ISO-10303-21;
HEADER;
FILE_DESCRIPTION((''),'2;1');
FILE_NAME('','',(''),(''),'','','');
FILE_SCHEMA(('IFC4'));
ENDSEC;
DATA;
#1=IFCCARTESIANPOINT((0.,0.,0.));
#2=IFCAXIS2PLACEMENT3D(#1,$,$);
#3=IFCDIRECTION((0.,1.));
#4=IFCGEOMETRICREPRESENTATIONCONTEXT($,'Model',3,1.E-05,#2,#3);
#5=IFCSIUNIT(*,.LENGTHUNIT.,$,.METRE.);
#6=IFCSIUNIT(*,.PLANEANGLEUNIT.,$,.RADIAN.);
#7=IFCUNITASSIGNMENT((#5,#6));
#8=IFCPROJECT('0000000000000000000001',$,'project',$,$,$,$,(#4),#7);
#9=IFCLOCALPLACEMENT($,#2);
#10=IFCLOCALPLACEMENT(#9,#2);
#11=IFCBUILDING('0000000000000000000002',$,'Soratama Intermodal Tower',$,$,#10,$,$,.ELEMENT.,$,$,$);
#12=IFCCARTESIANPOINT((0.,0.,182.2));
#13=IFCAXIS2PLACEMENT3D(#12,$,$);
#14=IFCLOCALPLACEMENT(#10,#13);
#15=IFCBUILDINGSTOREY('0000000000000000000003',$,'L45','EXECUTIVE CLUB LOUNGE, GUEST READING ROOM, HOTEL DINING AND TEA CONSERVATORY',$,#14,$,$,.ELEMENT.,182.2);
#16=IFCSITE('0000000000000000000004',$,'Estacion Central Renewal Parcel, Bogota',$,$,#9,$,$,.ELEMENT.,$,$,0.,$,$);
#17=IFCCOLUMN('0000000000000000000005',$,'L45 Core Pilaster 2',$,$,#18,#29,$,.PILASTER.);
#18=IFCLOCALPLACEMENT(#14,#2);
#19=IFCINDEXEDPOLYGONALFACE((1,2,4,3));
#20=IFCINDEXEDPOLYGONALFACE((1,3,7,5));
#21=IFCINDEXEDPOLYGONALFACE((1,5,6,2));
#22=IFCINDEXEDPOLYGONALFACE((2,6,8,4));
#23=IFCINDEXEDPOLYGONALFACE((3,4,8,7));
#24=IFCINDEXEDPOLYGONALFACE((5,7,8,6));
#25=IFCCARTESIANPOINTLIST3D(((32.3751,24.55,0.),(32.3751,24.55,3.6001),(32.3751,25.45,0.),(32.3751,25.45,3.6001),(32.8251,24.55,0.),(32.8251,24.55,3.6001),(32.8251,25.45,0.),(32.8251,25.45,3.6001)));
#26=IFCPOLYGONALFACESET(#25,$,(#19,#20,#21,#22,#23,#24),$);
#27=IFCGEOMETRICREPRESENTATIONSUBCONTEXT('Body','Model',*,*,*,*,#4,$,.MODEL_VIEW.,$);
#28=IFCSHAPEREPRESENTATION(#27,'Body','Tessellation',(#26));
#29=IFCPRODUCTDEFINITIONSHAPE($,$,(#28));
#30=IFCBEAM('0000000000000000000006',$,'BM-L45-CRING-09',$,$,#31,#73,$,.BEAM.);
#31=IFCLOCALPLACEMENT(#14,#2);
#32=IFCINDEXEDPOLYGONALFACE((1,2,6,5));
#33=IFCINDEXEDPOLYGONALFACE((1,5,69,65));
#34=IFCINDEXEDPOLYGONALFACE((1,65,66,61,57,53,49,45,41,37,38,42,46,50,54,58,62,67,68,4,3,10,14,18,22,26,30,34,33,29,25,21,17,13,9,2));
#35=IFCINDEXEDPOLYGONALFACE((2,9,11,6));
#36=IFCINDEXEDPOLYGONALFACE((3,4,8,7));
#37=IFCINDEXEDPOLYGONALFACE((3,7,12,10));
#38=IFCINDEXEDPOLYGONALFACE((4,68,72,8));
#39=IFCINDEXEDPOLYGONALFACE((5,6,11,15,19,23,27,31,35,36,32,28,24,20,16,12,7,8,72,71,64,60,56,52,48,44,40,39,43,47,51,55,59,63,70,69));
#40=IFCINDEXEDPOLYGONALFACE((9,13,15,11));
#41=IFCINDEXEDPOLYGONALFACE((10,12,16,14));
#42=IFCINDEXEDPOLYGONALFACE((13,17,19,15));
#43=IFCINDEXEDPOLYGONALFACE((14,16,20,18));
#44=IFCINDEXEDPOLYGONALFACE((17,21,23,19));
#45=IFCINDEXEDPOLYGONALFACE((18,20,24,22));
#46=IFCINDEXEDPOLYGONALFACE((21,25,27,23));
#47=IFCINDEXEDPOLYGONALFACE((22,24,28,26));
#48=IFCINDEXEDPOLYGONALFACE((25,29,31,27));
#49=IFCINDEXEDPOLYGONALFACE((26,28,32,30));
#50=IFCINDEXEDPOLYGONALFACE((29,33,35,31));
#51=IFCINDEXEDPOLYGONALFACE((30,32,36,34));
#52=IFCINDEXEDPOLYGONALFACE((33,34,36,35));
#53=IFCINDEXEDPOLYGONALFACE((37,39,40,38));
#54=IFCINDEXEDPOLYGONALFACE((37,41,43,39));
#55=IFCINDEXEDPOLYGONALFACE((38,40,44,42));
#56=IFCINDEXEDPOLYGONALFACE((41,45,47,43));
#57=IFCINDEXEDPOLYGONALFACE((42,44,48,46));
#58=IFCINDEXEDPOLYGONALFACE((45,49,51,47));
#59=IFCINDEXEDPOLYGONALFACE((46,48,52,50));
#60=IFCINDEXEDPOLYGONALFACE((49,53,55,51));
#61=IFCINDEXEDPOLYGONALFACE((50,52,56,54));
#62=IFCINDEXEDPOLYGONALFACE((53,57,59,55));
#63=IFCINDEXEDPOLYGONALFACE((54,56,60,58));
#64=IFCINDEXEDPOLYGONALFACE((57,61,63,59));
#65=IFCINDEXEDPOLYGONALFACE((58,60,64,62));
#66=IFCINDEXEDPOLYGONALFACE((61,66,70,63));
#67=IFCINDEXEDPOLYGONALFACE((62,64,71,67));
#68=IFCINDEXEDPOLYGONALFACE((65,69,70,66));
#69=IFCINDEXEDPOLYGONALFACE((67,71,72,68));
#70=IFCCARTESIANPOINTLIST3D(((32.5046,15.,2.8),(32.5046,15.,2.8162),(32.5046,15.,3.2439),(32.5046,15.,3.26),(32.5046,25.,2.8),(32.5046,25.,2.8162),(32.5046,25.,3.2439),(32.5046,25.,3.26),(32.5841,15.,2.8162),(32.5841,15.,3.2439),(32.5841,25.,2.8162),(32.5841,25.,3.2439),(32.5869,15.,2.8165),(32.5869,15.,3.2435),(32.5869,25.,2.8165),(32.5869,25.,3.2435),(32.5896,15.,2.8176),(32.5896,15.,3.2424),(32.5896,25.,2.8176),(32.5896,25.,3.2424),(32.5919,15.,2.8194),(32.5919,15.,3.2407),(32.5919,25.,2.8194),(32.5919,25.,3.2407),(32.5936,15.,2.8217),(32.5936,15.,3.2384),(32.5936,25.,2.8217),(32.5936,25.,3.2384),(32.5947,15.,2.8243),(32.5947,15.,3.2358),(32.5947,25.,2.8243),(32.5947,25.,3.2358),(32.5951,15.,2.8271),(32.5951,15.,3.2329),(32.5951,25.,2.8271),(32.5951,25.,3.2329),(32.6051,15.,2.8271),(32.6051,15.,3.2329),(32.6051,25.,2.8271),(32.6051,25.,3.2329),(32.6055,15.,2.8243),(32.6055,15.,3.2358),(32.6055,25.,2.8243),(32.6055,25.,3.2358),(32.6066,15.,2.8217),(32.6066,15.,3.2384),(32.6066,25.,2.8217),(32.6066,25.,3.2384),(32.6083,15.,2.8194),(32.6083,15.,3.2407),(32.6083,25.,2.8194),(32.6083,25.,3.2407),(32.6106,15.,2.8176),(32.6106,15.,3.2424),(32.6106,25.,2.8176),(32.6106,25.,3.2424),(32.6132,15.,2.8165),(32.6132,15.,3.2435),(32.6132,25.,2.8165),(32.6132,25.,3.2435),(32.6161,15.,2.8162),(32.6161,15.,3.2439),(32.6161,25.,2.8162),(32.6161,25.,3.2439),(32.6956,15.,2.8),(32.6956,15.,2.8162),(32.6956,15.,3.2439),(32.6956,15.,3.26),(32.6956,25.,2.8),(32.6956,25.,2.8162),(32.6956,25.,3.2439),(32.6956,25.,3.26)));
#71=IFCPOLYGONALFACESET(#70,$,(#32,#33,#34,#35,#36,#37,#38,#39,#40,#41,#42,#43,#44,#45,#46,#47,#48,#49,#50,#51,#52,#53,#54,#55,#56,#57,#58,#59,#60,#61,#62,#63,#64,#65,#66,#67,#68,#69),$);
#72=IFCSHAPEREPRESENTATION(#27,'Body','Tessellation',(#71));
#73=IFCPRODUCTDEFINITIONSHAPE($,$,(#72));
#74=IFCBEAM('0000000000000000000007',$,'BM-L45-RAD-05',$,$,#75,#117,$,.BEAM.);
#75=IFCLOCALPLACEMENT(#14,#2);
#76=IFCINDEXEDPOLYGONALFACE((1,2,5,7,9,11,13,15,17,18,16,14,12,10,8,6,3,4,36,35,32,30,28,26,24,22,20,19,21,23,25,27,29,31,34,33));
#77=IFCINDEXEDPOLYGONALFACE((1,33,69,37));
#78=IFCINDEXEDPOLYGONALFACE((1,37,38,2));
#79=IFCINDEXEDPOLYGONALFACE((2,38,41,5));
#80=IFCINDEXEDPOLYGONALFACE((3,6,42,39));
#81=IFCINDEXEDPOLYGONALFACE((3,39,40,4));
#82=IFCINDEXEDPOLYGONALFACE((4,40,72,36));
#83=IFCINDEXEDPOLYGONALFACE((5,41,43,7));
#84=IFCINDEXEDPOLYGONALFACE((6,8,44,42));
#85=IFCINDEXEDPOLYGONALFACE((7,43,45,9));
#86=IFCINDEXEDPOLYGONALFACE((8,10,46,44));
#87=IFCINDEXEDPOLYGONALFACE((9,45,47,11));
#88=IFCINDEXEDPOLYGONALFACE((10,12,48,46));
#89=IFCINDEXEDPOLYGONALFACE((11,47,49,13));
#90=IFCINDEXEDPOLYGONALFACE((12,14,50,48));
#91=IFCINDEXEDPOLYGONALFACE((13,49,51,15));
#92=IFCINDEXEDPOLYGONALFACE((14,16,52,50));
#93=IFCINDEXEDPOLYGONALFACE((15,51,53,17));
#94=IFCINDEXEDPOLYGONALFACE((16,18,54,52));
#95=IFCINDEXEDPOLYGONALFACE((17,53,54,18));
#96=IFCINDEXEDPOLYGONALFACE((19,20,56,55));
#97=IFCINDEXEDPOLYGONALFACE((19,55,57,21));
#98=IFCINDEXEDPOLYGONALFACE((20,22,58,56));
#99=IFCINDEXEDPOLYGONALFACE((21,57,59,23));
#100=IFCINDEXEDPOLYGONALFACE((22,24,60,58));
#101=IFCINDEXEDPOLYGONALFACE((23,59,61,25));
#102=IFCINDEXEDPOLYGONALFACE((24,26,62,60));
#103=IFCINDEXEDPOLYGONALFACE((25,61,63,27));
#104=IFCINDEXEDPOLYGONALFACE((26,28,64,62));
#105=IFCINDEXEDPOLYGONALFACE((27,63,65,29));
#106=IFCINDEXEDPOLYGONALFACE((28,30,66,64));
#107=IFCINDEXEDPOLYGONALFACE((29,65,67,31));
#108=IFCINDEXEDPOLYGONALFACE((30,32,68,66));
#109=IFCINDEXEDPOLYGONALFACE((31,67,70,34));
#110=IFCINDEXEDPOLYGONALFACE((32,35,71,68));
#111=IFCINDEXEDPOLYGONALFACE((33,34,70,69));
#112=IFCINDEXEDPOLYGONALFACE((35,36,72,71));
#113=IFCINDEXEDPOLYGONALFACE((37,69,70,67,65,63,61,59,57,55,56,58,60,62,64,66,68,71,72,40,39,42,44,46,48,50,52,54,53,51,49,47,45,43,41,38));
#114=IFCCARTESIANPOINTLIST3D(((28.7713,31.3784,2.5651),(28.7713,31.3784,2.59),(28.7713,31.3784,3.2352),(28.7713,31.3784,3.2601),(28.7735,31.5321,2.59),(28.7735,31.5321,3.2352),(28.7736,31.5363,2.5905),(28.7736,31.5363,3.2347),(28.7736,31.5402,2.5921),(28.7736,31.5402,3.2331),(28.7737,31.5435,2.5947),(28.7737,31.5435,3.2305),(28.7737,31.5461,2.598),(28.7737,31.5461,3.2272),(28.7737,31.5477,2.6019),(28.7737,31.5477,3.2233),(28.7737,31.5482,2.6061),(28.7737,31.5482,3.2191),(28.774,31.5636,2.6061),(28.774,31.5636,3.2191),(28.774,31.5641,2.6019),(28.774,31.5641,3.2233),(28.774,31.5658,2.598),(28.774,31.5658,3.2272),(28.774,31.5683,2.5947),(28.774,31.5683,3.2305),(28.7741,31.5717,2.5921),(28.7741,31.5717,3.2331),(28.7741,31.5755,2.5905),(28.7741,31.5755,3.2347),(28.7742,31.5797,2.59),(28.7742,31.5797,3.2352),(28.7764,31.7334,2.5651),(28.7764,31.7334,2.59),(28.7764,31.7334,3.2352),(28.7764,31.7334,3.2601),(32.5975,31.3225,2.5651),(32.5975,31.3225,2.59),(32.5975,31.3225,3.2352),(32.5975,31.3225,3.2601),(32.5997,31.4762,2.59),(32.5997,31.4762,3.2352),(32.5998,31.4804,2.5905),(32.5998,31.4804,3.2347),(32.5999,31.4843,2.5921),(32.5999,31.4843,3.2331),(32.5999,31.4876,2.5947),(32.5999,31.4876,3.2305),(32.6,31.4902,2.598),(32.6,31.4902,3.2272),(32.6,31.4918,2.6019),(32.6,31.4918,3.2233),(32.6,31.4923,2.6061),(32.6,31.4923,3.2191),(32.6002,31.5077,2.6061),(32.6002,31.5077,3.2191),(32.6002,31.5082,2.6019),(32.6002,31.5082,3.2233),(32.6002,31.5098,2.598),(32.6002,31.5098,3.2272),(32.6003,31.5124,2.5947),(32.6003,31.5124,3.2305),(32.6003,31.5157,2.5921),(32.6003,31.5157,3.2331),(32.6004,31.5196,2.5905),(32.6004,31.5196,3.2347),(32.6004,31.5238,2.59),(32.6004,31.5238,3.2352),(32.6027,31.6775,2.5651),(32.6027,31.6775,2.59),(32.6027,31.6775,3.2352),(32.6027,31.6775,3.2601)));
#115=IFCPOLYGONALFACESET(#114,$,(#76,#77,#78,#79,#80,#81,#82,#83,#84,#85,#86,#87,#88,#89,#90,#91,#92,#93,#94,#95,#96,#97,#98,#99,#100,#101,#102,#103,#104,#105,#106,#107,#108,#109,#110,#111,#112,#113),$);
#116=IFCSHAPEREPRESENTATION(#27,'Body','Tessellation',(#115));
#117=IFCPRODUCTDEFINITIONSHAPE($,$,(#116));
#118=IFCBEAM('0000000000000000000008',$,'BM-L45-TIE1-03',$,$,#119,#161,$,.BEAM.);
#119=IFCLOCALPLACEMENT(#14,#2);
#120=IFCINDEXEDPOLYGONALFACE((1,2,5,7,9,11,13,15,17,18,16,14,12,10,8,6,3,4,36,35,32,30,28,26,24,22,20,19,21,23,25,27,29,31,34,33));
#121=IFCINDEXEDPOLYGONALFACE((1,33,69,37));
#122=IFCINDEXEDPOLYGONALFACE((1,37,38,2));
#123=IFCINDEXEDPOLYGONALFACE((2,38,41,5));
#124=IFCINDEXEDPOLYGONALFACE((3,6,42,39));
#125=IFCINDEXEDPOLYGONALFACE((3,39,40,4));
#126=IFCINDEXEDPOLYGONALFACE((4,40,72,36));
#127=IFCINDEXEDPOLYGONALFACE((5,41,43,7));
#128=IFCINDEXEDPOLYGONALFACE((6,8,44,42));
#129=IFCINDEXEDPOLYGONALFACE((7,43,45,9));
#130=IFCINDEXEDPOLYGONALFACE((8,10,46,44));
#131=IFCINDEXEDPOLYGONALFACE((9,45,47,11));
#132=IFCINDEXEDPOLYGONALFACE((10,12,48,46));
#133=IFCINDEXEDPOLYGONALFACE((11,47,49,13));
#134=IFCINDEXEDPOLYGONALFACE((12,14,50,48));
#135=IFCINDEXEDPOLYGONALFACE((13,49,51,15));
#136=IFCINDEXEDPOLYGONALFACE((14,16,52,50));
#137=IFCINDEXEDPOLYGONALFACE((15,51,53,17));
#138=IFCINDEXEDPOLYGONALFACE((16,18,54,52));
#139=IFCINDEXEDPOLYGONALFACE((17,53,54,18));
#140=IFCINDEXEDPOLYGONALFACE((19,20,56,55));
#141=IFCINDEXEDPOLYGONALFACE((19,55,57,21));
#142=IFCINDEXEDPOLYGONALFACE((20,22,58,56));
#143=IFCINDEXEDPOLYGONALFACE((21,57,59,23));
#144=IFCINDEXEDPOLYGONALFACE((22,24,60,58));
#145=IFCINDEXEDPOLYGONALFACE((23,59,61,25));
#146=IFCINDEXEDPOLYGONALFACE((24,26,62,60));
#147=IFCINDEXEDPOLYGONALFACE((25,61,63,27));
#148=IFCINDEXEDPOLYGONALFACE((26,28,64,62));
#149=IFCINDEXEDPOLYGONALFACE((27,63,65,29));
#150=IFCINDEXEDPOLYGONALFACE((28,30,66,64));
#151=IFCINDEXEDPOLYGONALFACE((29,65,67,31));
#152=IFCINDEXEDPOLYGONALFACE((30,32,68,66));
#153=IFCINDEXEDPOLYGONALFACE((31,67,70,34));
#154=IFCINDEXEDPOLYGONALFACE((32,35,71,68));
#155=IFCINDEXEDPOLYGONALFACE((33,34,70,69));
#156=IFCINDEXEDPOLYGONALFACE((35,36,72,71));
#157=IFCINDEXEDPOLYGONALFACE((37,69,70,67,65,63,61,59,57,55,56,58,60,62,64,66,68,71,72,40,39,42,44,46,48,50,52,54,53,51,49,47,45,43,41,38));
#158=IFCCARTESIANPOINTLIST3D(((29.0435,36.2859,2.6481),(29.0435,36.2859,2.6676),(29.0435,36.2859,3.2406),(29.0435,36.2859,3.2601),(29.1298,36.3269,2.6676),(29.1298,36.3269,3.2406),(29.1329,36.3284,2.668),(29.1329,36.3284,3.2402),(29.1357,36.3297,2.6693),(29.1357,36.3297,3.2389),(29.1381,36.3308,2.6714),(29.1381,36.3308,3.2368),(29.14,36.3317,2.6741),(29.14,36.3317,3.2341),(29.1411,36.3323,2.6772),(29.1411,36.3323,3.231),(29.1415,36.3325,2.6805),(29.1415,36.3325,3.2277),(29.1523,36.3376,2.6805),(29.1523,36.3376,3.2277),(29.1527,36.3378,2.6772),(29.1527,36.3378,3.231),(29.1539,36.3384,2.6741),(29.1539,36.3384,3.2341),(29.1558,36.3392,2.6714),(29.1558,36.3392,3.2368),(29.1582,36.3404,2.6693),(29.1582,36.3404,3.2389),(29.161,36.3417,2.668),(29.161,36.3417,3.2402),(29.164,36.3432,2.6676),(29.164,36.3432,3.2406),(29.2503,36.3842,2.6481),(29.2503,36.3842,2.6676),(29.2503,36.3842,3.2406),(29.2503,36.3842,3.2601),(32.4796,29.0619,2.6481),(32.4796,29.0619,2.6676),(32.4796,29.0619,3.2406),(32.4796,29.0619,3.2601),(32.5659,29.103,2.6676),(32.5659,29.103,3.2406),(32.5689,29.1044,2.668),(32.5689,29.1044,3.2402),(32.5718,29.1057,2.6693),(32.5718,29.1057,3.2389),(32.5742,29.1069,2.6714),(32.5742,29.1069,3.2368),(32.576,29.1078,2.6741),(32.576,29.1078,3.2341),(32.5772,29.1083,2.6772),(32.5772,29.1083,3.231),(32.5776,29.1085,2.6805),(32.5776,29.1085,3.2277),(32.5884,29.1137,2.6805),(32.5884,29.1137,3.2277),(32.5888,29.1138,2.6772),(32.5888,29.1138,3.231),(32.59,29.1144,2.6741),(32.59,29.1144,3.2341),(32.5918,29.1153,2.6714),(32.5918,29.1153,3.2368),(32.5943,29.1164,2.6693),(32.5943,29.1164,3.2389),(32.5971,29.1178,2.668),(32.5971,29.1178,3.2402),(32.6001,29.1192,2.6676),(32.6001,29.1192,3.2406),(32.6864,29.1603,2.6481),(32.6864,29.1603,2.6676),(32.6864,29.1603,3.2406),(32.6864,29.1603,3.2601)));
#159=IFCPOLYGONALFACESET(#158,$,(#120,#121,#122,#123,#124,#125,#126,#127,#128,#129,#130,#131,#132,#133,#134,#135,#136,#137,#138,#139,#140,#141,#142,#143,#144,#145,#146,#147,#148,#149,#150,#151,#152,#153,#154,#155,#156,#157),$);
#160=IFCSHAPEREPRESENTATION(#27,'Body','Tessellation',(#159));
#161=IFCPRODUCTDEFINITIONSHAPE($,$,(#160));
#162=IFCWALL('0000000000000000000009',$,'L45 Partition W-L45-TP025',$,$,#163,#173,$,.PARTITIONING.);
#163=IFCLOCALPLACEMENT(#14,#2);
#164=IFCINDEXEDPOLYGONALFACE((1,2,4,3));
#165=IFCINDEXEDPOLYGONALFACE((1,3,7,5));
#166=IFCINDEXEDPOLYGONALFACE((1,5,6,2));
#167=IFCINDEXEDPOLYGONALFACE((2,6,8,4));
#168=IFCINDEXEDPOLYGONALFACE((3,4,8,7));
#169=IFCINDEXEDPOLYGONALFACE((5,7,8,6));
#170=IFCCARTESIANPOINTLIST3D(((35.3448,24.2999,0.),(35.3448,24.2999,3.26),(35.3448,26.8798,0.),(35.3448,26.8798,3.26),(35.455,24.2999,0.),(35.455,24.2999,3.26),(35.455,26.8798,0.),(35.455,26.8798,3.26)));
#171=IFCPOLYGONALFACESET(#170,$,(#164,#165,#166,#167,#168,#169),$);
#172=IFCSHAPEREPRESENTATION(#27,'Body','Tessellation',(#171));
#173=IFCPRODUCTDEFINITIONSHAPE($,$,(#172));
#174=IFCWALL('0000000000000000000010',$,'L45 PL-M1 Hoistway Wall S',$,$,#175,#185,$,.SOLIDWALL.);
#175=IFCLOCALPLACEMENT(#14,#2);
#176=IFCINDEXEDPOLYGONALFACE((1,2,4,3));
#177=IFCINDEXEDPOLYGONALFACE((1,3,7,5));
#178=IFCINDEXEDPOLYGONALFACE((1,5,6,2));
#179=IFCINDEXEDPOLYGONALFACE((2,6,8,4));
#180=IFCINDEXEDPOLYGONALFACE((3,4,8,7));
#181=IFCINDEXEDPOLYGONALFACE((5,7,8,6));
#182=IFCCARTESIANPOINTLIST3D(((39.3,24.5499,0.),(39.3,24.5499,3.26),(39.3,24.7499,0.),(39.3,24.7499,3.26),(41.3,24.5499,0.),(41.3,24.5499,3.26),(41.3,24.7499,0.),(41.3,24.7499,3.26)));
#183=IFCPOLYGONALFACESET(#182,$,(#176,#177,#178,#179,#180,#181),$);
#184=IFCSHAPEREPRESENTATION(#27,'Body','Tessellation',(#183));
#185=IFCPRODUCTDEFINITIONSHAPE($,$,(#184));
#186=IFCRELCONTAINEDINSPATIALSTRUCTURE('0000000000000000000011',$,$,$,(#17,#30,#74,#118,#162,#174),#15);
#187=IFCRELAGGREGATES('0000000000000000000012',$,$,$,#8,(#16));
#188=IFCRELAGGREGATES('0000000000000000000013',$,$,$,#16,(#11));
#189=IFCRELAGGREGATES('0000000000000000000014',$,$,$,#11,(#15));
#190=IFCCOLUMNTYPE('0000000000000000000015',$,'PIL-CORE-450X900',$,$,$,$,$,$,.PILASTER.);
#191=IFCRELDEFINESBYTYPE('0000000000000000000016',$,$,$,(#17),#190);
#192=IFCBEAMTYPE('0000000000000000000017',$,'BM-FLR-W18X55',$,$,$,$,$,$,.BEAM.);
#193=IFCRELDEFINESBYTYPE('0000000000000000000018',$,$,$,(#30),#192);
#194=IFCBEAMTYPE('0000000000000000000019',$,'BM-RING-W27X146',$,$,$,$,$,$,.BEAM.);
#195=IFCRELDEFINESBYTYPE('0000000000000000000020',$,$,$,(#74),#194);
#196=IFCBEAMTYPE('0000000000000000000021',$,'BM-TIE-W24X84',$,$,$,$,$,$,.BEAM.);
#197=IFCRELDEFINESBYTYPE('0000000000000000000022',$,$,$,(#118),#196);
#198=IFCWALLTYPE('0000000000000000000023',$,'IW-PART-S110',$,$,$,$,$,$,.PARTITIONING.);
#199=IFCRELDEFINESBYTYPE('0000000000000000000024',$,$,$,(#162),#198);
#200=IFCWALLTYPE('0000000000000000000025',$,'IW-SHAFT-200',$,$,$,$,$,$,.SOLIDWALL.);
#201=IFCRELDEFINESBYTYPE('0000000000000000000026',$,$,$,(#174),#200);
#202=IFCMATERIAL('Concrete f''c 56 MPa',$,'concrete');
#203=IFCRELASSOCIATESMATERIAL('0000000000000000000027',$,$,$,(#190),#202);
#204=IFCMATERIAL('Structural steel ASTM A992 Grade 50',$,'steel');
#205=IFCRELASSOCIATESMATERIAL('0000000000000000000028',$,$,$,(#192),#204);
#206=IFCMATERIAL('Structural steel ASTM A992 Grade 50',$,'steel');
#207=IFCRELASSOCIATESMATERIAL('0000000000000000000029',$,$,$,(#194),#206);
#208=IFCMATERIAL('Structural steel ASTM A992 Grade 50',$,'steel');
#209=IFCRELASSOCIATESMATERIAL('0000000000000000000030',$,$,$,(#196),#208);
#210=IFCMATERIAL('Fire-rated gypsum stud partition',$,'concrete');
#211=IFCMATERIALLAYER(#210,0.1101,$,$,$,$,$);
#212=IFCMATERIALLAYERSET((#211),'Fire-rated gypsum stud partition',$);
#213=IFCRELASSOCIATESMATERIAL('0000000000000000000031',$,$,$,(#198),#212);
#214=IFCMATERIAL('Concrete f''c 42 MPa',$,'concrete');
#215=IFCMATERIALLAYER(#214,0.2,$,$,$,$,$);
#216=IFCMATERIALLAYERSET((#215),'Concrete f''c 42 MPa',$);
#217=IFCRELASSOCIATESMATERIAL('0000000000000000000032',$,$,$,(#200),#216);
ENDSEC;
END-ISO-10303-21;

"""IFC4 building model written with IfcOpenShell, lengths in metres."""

from ifc_helpers import new_model, si_unit, direction, frame, frame_2d, origin, origin_2d, place, context, subcontext, project, spatial, rectangle, i_section, extrude, material, layer, layer_set, material_profile, profile_set, type_object, element, save


model = new_model("IFC4")

# Units and contexts
model_context = context("Model", 3, precision=1e-05, world=origin(), true_north=direction((0.0, 1.0)))
body_context = subcontext(model_context, "Body", "Model", "MODEL_VIEW")
ifc_project = project(units=[si_unit("LENGTHUNIT", "METRE"), si_unit("PLANEANGLEUNIT", "RADIAN")], contexts=[model_context])

# Site, building, storey
site_placement = place(None, origin())
site = spatial("IfcSite", under=ifc_project, at=site_placement, Name="Estacion Central Renewal Parcel, Bogota", CompositionType="ELEMENT", RefElevation=0.0)
building_placement = place(site_placement, origin())
building = spatial("IfcBuilding", under=site, at=building_placement, Name="Soratama Intermodal Tower", CompositionType="ELEMENT")
storey_placement = place(building_placement, frame((0.0, 0.0, 182.2)))
storey = spatial("IfcBuildingStorey", under=building, at=storey_placement, Name="L45", Description="EXECUTIVE CLUB LOUNGE, GUEST READING ROOM, HOTEL DINING AND TEA CONSERVATORY", CompositionType="ELEMENT", Elevation=182.2)

# Column
ifc_material_1 = material(Name="Concrete f'c 56 MPa", Category="concrete")
ifc_material_profile_1 = material_profile(ifc_material_1, rectangle(XDim=0.45, YDim=0.8999, at=origin_2d()), Name="RC450X900")
ifc_profile_set_1 = profile_set([ifc_material_profile_1], Name="Concrete f'c 56 MPa")
column_type = type_object("IfcColumnType", Name="PIL-CORE-450X900", PredefinedType="PILASTER", material=ifc_profile_set_1)
column_placement = place(storey_placement, frame((32.6001, 25.0, 0.0), z_axis=(0.0, 0.0, 1.0), x_axis=(1.0, 0.0, 0.0)))
element("IfcColumn", 1, at=column_placement, inside=storey, type_object=column_type, Name="L45 Core Pilaster 2", PredefinedType="PILASTER", context=body_context, shape_type="SweptSolid", body=[
    extrude(rectangle(XDim=0.45, YDim=0.8999, at=origin_2d()), origin(), (0.0, 0.0, 1.0), 3.6001),
])

# Beams
ifc_material_2 = material(Name="Structural steel ASTM A992 Grade 50", Category="steel")
ifc_material_profile_2 = material_profile(ifc_material_2, i_section(OverallWidth=0.1909, OverallDepth=0.46, WebThickness=0.01, FlangeThickness=0.0161, FilletRadius=0.011, at=origin_2d()), Name="W18X55")
ifc_profile_set_2 = profile_set([ifc_material_profile_2], Name="Structural steel ASTM A992 Grade 50")
beam_type_1 = type_object("IfcBeamType", Name="BM-FLR-W18X55", PredefinedType="BEAM", material=ifc_profile_set_2)
beam_1_placement = place(storey_placement, frame((32.6001, 25.0, 3.03), z_axis=(0.0, -1.0, 0.0), x_axis=(1.0, 0.0, 0.0)))
element("IfcBeam", 2, at=beam_1_placement, inside=storey, type_object=beam_type_1, Name="BM-L45-CRING-09", PredefinedType="BEAM", context=body_context, shape_type="SweptSolid", body=[
    extrude(i_section(OverallWidth=0.1909, OverallDepth=0.46, WebThickness=0.01, FlangeThickness=0.0161, FilletRadius=0.011, at=origin_2d()), origin(), (0.0, 0.0, 1.0), 10.0),
])
ifc_material_3 = material(Name="Structural steel ASTM A992 Grade 50", Category="steel")
ifc_material_profile_3 = material_profile(ifc_material_3, i_section(OverallWidth=0.355, OverallDepth=0.6951, WebThickness=0.0154, FlangeThickness=0.0249, FilletRadius=0.0161, at=origin_2d()), Name="W27X146")
ifc_profile_set_3 = profile_set([ifc_material_profile_3], Name="Structural steel ASTM A992 Grade 50")
beam_type_2 = type_object("IfcBeamType", Name="BM-RING-W27X146", PredefinedType="BEAM", material=ifc_profile_set_3)
beam_2_placement = place(storey_placement, frame((32.6001, 31.5, 2.9126), z_axis=(-0.999893, 0.01461, 0.0), x_axis=(-0.01461, -0.999893, 0.0)))
element("IfcBeam", 3, at=beam_2_placement, inside=storey, type_object=beam_type_2, Name="BM-L45-RAD-05", PredefinedType="BEAM", context=body_context, shape_type="SweptSolid", body=[
    extrude(i_section(OverallWidth=0.355, OverallDepth=0.6951, WebThickness=0.0154, FlangeThickness=0.0249, FilletRadius=0.0161, at=origin_2d()), origin(), (0.0, 0.0, 1.0), 3.8267),
])
ifc_material_4 = material(Name="Structural steel ASTM A992 Grade 50", Category="steel")
ifc_material_profile_4 = material_profile(ifc_material_4, i_section(OverallWidth=0.229, OverallDepth=0.6121, WebThickness=0.012, FlangeThickness=0.0195, FilletRadius=0.0129, at=origin_2d()), Name="W24X84")
ifc_profile_set_4 = profile_set([ifc_material_profile_4], Name="Structural steel ASTM A992 Grade 50")
beam_type_3 = type_object("IfcBeamType", Name="BM-TIE-W24X84", PredefinedType="BEAM", material=ifc_profile_set_4)
beam_3_placement = place(storey_placement, frame((32.583, 29.1111, 2.9541), z_axis=(-0.429535, 0.90305, 0.0), x_axis=(-0.90305, -0.429535, 0.0)))
element("IfcBeam", 4, at=beam_3_placement, inside=storey, type_object=beam_type_3, Name="BM-L45-TIE1-03", PredefinedType="BEAM", context=body_context, shape_type="SweptSolid", body=[
    extrude(i_section(OverallWidth=0.229, OverallDepth=0.6121, WebThickness=0.012, FlangeThickness=0.0195, FilletRadius=0.0129, at=origin_2d()), origin(), (0.0, 0.0, 1.0), 7.9995),
])

# Walls
ifc_material_5 = material(Name="Fire-rated gypsum stud partition", Category="concrete")
ifc_layer_1 = layer(ifc_material_5, 0.1101)
ifc_layer_set_1 = layer_set([ifc_layer_1], Name="Fire-rated gypsum stud partition")
wall_type_1 = type_object("IfcWallType", Name="IW-PART-S110", PredefinedType="PARTITIONING", material=ifc_layer_set_1)
wall_1_placement = place(storey_placement, frame((35.3999, 26.8799, 0.0), z_axis=(0.0, 0.0, 1.0), x_axis=(0.0, -1.0, 0.0)))
element("IfcWall", 5, at=wall_1_placement, inside=storey, type_object=wall_type_1, Name="L45 Partition W-L45-TP025", PredefinedType="PARTITIONING", context=body_context, shape_type="SweptSolid", body=[
    extrude(rectangle(XDim=2.5798, YDim=0.1101, at=frame_2d((1.29, 0.0))), origin(), (0.0, 0.0, 1.0), 3.26),
])
ifc_material_6 = material(Name="Concrete f'c 42 MPa", Category="concrete")
ifc_layer_2 = layer(ifc_material_6, 0.2)
ifc_layer_set_2 = layer_set([ifc_layer_2], Name="Concrete f'c 42 MPa")
wall_type_2 = type_object("IfcWallType", Name="IW-SHAFT-200", PredefinedType="SOLIDWALL", material=ifc_layer_set_2)
wall_2_placement = place(storey_placement, frame((39.3, 24.6499, 0.0), z_axis=(0.0, 0.0, 1.0), x_axis=(1.0, 0.0, 0.0)))
element("IfcWall", 6, at=wall_2_placement, inside=storey, type_object=wall_type_2, Name="L45 PL-M1 Hoistway Wall S", PredefinedType="SOLIDWALL", context=body_context, shape_type="SweptSolid", body=[
    extrude(rectangle(XDim=2.0, YDim=0.2, at=frame_2d((1.0, 0.0))), origin(), (0.0, 0.0, 1.0), 3.26),
])

save(model, "model.ifc")
